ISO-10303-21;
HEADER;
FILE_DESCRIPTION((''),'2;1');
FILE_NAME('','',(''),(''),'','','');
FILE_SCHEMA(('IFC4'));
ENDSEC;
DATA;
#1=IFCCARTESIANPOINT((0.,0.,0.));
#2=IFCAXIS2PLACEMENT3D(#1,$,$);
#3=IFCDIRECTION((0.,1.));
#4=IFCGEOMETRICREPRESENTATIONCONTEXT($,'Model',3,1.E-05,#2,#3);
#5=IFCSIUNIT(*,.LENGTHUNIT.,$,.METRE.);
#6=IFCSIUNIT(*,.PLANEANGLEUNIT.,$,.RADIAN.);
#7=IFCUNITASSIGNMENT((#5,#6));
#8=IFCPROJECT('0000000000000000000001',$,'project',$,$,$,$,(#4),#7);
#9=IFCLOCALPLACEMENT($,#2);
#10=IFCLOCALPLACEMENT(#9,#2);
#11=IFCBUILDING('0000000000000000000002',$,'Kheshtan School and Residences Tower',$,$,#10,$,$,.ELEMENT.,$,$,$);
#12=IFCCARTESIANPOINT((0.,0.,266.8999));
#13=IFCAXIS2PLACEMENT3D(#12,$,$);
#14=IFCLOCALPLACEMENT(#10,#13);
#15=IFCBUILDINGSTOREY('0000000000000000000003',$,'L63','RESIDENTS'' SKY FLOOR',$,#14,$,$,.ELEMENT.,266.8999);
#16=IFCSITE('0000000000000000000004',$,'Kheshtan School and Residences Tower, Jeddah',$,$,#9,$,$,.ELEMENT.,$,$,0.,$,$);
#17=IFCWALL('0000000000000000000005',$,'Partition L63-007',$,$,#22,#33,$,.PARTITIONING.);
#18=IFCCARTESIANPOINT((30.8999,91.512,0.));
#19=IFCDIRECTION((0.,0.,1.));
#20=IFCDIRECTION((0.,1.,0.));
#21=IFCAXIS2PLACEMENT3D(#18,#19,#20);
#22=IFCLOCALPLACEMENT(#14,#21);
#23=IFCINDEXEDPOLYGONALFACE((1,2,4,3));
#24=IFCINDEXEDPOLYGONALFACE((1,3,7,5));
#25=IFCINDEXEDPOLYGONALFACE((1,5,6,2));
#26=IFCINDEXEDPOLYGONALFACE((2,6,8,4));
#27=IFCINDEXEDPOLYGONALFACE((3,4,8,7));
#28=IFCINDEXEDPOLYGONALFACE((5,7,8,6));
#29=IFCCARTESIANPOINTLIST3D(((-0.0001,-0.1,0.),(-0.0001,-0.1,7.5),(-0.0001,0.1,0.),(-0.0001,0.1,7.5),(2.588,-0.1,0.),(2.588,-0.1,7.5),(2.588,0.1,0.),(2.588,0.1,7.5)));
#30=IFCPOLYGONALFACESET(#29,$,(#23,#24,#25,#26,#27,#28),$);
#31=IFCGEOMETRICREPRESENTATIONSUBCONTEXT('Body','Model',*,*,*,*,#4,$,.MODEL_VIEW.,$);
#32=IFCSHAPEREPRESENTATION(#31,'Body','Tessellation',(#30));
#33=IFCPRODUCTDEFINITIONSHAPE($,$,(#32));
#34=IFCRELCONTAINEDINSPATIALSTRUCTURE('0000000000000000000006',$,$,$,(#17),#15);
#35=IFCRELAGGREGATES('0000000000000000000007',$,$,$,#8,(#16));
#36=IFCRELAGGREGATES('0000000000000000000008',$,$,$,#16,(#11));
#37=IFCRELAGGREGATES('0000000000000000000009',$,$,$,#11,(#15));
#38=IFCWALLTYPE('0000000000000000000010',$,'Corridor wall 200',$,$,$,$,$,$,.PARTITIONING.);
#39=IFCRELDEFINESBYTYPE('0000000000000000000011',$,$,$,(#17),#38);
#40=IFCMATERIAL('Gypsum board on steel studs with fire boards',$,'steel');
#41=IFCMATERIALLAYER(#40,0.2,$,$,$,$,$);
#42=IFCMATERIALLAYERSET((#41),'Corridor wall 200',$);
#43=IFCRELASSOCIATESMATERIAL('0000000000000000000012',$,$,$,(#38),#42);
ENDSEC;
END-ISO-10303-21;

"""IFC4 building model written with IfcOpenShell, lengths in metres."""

from ifc_helpers import new_model, si_unit, direction, frame, frame_2d, origin, place, context, subcontext, project, spatial, rectangle, extrude, material, layer, layer_set, type_object, element, save


model = new_model("IFC4")

# Units and contexts
model_context = context("Model", 3, precision=1e-05, world=origin(), true_north=direction((0.0, 1.0)))
body_context = subcontext(model_context, "Body", "Model", "MODEL_VIEW")
ifc_project = project(units=[si_unit("LENGTHUNIT", "METRE"), si_unit("PLANEANGLEUNIT", "RADIAN")], contexts=[model_context])

# Site, building, storey
site_placement = place(None, origin())
site = spatial("IfcSite", under=ifc_project, at=site_placement, Name="Kheshtan School and Residences Tower, Jeddah", CompositionType="ELEMENT", RefElevation=0.0)
building_placement = place(site_placement, origin())
building = spatial("IfcBuilding", under=site, at=building_placement, Name="Kheshtan School and Residences Tower", CompositionType="ELEMENT")
storey_placement = place(building_placement, frame((0.0, 0.0, 266.8999)))
storey = spatial("IfcBuildingStorey", under=building, at=storey_placement, Name="L63", Description="RESIDENTS' SKY FLOOR", CompositionType="ELEMENT", Elevation=266.8999)

# Wall
ifc_material_1 = material(Name="Gypsum board on steel studs with fire boards", Category="steel")
ifc_layer_1 = layer(ifc_material_1, 0.2)
ifc_layer_set_1 = layer_set([ifc_layer_1], Name="Corridor wall 200")
wall_type_1 = type_object("IfcWallType", Name="Corridor wall 200", PredefinedType="PARTITIONING", material=ifc_layer_set_1)
wall_1_placement = place(storey_placement, frame((30.8999, 91.512, 0.0), z_axis=(0.0, 0.0, 1.0), x_axis=(0.0, 1.0, 0.0)))
element("IfcWall", 1, at=wall_1_placement, inside=storey, type_object=wall_type_1, Name="Partition L63-007", PredefinedType="PARTITIONING", context=body_context, shape_type="SweptSolid", body=[
    extrude(rectangle(XDim=2.5881, YDim=0.2, at=frame_2d((1.2939, 0.0))), origin(), (0.0, 0.0, 1.0), 7.5),
])

save(model, "model.ifc")
